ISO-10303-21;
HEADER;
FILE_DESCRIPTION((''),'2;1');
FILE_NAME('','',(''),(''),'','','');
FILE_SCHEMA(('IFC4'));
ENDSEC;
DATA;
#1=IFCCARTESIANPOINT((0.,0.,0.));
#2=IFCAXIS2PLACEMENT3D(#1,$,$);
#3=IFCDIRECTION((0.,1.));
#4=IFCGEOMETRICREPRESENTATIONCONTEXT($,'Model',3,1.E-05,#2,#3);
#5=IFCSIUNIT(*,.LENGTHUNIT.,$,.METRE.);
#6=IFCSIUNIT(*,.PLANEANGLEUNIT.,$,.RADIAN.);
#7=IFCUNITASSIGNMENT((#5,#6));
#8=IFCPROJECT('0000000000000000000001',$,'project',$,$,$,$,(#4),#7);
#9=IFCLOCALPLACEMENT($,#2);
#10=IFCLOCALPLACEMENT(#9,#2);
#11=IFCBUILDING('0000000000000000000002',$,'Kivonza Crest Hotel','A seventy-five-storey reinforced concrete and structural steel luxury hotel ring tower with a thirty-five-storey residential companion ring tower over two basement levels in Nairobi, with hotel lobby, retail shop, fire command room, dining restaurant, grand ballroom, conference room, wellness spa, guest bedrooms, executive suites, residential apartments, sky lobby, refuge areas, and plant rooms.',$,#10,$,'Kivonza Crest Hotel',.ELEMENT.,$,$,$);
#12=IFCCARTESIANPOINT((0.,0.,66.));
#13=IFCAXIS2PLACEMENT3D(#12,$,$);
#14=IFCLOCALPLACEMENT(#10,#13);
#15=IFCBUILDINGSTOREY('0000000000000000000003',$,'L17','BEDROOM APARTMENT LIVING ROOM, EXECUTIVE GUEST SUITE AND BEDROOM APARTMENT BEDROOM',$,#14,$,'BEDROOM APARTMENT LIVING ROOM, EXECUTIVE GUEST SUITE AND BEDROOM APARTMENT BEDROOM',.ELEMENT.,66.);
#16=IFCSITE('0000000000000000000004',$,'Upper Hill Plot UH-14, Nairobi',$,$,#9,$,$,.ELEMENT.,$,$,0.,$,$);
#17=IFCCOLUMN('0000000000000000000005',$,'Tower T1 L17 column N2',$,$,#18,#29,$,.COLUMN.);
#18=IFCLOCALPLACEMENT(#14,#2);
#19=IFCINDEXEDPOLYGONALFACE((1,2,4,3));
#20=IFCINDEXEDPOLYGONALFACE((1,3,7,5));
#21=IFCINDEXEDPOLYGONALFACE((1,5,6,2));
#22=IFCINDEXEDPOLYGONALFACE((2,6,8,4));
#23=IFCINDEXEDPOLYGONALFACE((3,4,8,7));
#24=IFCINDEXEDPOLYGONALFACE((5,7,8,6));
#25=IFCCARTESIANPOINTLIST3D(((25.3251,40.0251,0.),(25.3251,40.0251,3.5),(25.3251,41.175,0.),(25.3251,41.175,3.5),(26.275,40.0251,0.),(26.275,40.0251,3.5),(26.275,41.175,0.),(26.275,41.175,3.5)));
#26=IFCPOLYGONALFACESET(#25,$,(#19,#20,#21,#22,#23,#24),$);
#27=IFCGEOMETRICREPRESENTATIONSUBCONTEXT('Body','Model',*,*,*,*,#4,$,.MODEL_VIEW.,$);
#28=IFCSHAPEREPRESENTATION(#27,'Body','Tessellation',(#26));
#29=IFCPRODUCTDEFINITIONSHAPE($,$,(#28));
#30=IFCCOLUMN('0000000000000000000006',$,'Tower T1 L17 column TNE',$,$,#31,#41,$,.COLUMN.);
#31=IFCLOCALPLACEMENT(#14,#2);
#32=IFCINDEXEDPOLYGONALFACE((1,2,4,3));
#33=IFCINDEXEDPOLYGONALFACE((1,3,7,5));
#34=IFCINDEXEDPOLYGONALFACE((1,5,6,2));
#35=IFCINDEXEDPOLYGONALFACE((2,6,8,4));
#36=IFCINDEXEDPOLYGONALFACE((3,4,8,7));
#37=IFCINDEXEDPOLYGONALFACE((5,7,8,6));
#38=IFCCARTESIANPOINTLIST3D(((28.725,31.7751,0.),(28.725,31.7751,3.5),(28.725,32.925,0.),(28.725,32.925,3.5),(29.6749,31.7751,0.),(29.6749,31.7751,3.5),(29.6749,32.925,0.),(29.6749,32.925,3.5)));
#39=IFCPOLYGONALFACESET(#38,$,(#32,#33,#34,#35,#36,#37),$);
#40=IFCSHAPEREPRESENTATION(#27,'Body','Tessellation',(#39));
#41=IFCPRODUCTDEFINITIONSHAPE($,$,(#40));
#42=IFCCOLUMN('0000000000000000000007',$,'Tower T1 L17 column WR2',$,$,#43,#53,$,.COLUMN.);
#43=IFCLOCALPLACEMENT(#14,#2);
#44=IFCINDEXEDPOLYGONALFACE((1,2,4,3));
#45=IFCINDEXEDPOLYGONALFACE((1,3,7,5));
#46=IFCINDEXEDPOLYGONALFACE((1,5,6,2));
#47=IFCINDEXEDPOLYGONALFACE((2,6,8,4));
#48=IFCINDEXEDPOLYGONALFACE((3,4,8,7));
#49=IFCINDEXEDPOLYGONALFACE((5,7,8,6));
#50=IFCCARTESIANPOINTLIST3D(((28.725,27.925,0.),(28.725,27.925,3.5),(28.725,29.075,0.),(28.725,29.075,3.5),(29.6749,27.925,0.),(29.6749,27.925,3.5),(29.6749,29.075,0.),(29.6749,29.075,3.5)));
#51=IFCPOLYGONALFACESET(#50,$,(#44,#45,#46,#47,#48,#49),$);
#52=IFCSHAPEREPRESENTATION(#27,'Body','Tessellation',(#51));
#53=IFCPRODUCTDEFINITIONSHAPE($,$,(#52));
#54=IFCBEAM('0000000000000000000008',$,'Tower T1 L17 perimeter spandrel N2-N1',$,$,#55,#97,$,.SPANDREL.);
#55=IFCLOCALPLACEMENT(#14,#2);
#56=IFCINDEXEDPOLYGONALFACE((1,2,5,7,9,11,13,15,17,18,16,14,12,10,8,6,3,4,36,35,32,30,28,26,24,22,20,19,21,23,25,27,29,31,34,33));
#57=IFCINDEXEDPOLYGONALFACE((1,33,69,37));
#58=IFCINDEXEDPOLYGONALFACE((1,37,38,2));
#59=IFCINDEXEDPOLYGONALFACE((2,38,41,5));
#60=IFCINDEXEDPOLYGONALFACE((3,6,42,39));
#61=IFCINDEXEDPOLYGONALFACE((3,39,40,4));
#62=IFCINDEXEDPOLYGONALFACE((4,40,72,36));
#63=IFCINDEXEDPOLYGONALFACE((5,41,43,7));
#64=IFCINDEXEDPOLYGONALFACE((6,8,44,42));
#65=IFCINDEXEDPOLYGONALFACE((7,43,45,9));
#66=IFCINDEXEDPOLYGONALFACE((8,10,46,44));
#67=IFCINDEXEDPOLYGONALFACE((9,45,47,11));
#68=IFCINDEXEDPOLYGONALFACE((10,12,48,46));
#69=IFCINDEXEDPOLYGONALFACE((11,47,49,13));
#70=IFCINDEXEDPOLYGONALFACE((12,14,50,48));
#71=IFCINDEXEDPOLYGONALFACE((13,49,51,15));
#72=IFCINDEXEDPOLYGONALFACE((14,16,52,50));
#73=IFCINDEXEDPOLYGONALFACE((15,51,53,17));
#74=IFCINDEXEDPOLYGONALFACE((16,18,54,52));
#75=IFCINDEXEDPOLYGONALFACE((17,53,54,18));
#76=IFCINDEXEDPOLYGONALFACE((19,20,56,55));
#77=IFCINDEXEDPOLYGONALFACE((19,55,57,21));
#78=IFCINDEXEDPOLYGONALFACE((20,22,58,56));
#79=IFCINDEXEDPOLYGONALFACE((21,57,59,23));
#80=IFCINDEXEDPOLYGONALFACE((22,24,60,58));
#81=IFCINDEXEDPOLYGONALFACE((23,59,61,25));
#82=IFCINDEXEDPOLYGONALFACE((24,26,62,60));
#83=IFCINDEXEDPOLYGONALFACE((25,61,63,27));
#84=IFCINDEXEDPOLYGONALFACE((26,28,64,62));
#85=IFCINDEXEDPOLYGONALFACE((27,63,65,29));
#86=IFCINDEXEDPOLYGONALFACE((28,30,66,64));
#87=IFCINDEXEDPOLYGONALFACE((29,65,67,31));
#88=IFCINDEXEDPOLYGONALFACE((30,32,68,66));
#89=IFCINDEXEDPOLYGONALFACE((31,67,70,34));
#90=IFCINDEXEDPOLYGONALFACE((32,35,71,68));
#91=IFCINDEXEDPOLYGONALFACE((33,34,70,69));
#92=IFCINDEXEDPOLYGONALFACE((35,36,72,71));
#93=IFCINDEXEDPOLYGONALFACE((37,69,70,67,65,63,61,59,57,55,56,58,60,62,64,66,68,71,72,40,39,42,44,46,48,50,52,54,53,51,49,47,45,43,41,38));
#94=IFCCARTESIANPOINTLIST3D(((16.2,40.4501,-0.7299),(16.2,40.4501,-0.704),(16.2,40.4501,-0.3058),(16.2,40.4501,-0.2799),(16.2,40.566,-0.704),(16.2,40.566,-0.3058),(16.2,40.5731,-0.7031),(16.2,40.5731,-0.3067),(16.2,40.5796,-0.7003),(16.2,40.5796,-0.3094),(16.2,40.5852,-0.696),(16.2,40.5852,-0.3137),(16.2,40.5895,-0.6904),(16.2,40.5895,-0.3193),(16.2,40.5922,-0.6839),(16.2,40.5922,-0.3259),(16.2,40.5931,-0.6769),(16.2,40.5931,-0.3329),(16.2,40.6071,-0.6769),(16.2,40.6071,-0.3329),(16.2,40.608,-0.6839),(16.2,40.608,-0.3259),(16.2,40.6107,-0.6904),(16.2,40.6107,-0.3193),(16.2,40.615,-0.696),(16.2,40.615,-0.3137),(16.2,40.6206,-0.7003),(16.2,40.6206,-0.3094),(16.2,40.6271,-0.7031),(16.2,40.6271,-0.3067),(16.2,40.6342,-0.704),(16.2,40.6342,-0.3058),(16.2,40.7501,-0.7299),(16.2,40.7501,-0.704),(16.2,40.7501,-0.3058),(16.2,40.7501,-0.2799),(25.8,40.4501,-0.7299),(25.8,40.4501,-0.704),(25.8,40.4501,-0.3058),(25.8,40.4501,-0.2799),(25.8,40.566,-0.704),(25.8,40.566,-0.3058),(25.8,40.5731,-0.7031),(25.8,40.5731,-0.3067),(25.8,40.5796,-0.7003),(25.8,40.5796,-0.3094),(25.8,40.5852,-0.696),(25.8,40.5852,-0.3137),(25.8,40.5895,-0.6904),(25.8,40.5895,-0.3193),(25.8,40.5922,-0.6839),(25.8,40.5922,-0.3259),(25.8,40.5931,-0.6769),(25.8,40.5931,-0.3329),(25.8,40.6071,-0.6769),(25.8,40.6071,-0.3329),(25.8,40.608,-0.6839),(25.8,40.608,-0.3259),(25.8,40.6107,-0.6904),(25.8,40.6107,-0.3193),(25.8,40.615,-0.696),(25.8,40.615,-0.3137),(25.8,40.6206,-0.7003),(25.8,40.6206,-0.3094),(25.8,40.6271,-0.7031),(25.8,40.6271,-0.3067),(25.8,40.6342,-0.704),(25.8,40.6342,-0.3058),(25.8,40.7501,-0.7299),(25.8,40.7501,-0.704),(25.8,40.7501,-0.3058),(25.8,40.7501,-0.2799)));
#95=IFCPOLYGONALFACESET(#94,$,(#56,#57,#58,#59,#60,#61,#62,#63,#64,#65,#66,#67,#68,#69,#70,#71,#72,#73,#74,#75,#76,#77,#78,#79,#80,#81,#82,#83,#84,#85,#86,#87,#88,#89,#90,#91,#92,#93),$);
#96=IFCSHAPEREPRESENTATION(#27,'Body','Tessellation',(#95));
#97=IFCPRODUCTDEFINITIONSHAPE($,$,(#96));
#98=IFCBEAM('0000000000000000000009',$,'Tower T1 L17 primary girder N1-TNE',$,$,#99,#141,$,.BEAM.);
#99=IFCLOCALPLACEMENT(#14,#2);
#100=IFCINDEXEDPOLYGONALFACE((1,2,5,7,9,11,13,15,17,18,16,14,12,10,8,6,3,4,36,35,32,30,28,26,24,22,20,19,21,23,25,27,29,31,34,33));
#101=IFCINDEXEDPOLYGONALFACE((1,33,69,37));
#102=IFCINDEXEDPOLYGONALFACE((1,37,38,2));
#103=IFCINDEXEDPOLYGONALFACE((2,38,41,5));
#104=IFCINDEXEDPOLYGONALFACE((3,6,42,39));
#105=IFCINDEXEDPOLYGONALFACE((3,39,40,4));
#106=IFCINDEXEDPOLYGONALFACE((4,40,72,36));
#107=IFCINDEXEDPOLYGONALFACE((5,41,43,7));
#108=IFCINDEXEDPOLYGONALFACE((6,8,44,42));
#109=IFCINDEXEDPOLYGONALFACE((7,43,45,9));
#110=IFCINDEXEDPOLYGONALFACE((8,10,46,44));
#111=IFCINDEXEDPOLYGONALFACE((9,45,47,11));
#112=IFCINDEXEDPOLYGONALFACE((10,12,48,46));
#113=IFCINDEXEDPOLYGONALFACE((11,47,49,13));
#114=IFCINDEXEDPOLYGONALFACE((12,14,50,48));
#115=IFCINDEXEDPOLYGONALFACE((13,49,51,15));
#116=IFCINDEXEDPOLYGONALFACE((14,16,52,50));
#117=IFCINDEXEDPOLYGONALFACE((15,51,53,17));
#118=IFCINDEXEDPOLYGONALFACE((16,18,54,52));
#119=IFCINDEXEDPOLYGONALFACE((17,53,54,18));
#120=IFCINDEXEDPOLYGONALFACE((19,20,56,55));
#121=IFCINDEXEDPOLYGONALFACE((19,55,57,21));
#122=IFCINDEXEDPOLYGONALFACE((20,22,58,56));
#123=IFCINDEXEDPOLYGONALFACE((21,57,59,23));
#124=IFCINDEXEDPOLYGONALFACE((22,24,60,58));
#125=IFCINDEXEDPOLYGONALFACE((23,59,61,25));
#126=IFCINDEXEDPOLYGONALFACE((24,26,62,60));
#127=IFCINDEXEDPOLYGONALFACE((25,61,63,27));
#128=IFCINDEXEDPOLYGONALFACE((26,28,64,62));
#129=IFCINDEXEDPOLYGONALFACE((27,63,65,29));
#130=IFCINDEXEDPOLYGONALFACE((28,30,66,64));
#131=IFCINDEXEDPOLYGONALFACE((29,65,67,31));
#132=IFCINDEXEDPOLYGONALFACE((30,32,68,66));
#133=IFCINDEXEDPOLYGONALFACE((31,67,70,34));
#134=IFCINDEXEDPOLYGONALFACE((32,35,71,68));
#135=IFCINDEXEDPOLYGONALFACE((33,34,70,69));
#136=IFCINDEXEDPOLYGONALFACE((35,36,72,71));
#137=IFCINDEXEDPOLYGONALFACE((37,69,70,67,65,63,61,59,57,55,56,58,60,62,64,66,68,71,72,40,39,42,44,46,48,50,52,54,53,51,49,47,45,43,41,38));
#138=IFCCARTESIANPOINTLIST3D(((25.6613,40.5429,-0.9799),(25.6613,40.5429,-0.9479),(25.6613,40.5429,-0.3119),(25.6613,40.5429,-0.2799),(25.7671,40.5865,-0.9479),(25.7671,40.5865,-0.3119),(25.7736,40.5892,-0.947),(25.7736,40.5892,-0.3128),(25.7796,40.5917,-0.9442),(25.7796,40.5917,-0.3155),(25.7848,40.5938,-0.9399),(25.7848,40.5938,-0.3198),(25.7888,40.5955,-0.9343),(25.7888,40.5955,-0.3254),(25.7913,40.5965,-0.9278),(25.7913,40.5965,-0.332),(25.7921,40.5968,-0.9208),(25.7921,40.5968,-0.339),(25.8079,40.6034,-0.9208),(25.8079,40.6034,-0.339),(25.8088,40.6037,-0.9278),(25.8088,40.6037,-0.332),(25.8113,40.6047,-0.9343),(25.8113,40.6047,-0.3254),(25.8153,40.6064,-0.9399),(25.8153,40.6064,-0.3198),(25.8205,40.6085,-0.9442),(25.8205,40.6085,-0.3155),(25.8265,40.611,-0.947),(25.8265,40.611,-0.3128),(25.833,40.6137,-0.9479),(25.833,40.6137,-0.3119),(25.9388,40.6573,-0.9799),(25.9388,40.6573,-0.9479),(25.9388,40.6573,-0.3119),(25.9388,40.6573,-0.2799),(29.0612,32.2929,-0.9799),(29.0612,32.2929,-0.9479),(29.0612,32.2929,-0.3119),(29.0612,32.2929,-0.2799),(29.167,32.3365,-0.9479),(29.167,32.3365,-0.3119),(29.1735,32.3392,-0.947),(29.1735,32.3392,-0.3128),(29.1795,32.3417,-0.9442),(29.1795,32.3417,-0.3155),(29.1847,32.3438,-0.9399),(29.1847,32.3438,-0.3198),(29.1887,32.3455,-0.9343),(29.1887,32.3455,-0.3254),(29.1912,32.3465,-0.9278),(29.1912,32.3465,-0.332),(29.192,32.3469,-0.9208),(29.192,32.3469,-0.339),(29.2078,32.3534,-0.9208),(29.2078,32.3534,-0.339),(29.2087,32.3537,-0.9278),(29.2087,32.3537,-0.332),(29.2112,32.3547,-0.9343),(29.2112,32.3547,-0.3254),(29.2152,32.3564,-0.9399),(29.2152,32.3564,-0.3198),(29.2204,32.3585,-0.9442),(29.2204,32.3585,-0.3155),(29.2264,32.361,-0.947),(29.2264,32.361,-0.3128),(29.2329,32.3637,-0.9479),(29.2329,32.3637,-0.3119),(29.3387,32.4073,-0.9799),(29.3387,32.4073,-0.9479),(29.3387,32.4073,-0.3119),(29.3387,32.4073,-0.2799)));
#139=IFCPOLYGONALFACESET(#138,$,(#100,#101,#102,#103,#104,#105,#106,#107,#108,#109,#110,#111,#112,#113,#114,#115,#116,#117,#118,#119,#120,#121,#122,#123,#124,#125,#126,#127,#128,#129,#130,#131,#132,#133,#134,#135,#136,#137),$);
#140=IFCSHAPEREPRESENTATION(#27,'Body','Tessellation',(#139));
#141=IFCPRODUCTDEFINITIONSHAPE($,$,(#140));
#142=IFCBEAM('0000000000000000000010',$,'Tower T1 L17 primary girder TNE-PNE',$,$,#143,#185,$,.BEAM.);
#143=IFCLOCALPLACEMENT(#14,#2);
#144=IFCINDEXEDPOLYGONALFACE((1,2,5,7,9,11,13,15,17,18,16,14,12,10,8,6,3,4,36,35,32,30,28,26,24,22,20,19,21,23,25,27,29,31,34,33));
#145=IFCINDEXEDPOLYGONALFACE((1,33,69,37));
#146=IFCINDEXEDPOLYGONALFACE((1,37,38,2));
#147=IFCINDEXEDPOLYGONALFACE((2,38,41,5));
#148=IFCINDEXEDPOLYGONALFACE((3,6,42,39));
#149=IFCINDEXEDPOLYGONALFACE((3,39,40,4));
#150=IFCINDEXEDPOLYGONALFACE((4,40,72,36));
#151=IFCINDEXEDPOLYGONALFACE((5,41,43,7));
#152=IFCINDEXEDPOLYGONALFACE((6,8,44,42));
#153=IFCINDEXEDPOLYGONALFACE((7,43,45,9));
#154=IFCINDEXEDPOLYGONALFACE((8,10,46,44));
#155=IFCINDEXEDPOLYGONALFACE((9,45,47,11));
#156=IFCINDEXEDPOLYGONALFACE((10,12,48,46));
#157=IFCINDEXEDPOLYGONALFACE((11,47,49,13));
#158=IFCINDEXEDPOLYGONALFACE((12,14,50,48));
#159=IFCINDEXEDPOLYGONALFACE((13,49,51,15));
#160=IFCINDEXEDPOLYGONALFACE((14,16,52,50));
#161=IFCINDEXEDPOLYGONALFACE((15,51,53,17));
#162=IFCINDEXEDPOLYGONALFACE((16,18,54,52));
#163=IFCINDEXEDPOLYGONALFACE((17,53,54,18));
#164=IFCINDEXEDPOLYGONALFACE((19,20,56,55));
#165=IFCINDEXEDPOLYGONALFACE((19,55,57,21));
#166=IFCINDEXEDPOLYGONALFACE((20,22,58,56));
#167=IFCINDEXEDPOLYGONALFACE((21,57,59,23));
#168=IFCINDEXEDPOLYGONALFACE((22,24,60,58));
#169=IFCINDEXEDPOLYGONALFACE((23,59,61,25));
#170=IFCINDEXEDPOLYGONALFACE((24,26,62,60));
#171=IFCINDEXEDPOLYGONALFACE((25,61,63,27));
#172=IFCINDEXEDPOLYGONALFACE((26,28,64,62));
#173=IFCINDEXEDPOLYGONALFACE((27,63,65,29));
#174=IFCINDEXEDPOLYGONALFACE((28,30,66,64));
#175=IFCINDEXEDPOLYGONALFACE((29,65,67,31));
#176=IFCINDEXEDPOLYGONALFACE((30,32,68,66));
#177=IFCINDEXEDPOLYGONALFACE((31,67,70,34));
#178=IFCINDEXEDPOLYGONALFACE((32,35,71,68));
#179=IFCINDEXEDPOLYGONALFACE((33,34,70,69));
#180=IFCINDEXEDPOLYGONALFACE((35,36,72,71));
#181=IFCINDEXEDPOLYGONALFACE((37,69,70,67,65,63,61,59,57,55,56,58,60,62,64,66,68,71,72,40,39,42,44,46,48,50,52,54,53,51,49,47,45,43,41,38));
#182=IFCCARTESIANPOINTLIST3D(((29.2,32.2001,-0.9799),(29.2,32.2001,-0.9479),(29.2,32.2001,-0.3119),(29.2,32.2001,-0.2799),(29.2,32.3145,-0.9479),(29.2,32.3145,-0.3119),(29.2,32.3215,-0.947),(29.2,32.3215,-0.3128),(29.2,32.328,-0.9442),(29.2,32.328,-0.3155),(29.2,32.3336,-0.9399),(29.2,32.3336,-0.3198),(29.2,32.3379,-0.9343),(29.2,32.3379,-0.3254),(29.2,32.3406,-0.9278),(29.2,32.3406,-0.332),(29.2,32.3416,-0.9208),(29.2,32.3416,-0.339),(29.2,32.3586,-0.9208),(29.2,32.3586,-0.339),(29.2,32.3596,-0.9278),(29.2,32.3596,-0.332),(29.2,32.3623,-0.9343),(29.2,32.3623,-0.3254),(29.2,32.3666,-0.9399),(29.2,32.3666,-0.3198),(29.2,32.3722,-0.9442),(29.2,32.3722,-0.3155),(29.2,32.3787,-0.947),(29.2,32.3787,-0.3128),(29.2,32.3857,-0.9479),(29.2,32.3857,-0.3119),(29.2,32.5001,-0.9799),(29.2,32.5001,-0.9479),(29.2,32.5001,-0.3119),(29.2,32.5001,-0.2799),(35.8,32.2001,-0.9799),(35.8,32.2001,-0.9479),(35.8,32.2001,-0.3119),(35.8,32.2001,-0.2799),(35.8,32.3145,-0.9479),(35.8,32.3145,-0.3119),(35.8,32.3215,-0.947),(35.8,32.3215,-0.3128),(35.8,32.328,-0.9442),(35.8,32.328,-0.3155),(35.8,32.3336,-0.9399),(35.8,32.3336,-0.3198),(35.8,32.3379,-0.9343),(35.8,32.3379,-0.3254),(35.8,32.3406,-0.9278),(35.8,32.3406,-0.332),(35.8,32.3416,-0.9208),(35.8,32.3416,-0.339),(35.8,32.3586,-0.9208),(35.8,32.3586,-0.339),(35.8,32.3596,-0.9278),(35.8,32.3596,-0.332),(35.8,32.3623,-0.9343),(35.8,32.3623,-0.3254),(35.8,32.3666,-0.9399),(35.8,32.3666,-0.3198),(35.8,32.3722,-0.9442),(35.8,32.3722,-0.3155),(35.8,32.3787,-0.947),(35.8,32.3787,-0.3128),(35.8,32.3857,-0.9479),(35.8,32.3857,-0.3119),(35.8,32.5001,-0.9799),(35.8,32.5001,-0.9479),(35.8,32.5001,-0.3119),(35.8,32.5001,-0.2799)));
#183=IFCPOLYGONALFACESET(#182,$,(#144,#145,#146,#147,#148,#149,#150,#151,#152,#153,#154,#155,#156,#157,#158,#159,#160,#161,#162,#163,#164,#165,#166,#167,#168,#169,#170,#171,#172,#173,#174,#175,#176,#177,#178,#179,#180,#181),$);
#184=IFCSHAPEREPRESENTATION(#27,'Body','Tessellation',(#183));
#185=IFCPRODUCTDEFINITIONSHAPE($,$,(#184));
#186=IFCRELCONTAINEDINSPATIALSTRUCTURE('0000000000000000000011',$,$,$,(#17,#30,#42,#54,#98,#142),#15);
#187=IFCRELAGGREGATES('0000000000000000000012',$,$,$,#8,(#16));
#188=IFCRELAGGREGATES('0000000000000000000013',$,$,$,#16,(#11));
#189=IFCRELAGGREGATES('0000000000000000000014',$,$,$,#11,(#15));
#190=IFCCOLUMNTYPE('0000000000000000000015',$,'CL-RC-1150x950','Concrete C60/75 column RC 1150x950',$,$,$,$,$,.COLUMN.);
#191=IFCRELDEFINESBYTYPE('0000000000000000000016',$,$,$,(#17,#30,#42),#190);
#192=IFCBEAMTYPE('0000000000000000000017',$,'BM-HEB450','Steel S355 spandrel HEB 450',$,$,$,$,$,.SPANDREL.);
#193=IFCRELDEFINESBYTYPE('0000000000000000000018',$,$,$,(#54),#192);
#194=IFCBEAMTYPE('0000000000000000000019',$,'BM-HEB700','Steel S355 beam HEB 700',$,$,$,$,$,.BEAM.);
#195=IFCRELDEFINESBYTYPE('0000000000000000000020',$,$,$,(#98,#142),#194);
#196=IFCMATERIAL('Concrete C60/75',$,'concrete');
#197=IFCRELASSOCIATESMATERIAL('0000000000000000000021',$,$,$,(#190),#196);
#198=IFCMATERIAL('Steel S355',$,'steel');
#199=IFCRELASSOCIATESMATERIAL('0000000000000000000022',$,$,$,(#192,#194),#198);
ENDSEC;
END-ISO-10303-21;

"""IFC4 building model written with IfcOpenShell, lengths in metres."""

from ifc_helpers import new_model, si_unit, direction, frame, origin, origin_2d, place, context, subcontext, project, spatial, rectangle, i_section, extrude, material, material_profile, profile_set, type_object, element, save


model = new_model("IFC4")

# Units and contexts
model_context = context("Model", 3, precision=1e-05, world=origin(), true_north=direction((0.0, 1.0)))
body_context = subcontext(model_context, "Body", "Model", "MODEL_VIEW")
ifc_project = project(units=[si_unit("LENGTHUNIT", "METRE"), si_unit("PLANEANGLEUNIT", "RADIAN")], contexts=[model_context])

# Site, building, storey
site_placement = place(None, origin())
site = spatial("IfcSite", under=ifc_project, at=site_placement, Name="Upper Hill Plot UH-14, Nairobi", CompositionType="ELEMENT", RefElevation=0.0)
building_placement = place(site_placement, origin())
building = spatial("IfcBuilding", under=site, at=building_placement, Name="Kivonza Crest Hotel", Description="A seventy-five-storey reinforced concrete and structural steel luxury hotel ring tower with a thirty-five-storey residential companion ring tower over two basement levels in Nairobi, with hotel lobby, retail shop, fire command room, dining restaurant, grand ballroom, conference room, wellness spa, guest bedrooms, executive suites, residential apartments, sky lobby, refuge areas, and plant rooms.", LongName="Kivonza Crest Hotel", CompositionType="ELEMENT")
storey_placement = place(building_placement, frame((0.0, 0.0, 66.0)))
storey = spatial("IfcBuildingStorey", under=building, at=storey_placement, Name="L17", Description="BEDROOM APARTMENT LIVING ROOM, EXECUTIVE GUEST SUITE AND BEDROOM APARTMENT BEDROOM", LongName="BEDROOM APARTMENT LIVING ROOM, EXECUTIVE GUEST SUITE AND BEDROOM APARTMENT BEDROOM", CompositionType="ELEMENT", Elevation=66.0)

# Columns
ifc_material_1 = material(Name="Concrete C60/75", Category="concrete")
ifc_material_profile_1 = material_profile(ifc_material_1, rectangle(XDim=0.95, YDim=1.1499, at=origin_2d()), Name="RC 1150x950")
ifc_profile_set_1 = profile_set([ifc_material_profile_1], Name="Concrete C60/75")
column_type = type_object("IfcColumnType", Name="CL-RC-1150x950", Description="Concrete C60/75 column RC 1150x950", PredefinedType="COLUMN", material=ifc_profile_set_1)
for number, where, z_axis, x_axis, name in (
    (1, (25.8, 40.6001, 0.0), (0.0, 0.0, 1.0), (1.0, 0.0, 0.0), "Tower T1 L17 column N2"),
    (2, (29.2, 32.3501, 0.0), (0.0, 0.0, 1.0), (1.0, 0.0, 0.0), "Tower T1 L17 column TNE"),
    (3, (29.2, 28.5, 0.0), (0.0, 0.0, 1.0), (1.0, 0.0, 0.0), "Tower T1 L17 column WR2"),
):
    element("IfcColumn", number, at=place(storey_placement, frame(where, z_axis=z_axis, x_axis=x_axis)), inside=storey, type_object=column_type, Name=name, PredefinedType="COLUMN", context=body_context, shape_type="SweptSolid", body=[
        extrude(rectangle(XDim=0.95, YDim=1.1499, at=origin_2d()), origin(), (0.0, 0.0, 1.0), 3.5),
    ])

# Beams
ifc_material_2 = material(Name="Steel S355", Category="steel")
ifc_material_profile_2 = material_profile(ifc_material_2, i_section(OverallWidth=0.3, OverallDepth=0.45, WebThickness=0.0139, FlangeThickness=0.0259, FilletRadius=0.0271, at=origin_2d()), Name="HEB 450")
ifc_profile_set_2 = profile_set([ifc_material_profile_2], Name="Steel S355")
beam_type_1 = type_object("IfcBeamType", Name="BM-HEB450", Description="Steel S355 spandrel HEB 450", PredefinedType="SPANDREL", material=ifc_profile_set_2)
beam_1_placement = place(storey_placement, frame((25.8, 40.6001, -0.5049), z_axis=(-1.0, 0.0, 0.0), x_axis=(0.0, -1.0, 0.0)))
element("IfcBeam", 4, at=beam_1_placement, inside=storey, type_object=beam_type_1, Name="Tower T1 L17 perimeter spandrel N2-N1", PredefinedType="SPANDREL", context=body_context, shape_type="SweptSolid", body=[
    extrude(i_section(OverallWidth=0.3, OverallDepth=0.45, WebThickness=0.0139, FlangeThickness=0.0259, FilletRadius=0.0271, at=origin_2d()), origin(), (0.0, 0.0, 1.0), 9.6001),
])
ifc_material_profile_3 = material_profile(ifc_material_2, i_section(OverallWidth=0.3, OverallDepth=0.7, WebThickness=0.0171, FlangeThickness=0.032, FilletRadius=0.0271, at=origin_2d()), Name="HEB 700")
ifc_profile_set_3 = profile_set([ifc_material_profile_3], Name="Steel S355")
beam_type_2 = type_object("IfcBeamType", Name="BM-HEB700", Description="Steel S355 beam HEB 700", PredefinedType="BEAM", material=ifc_profile_set_3)
beam_2_placement = place(storey_placement, frame((25.8, 40.6001, -0.6299), z_axis=(0.381022, -0.924566, 0.0), x_axis=(0.924566, 0.381022, 0.0)))
element("IfcBeam", 5, at=beam_2_placement, inside=storey, type_object=beam_type_2, Name="Tower T1 L17 primary girder N1-TNE", PredefinedType="BEAM", context=body_context, shape_type="SweptSolid", body=[
    extrude(i_section(OverallWidth=0.3, OverallDepth=0.7, WebThickness=0.0171, FlangeThickness=0.032, FilletRadius=0.0271, at=origin_2d()), origin(), (0.0, 0.0, 1.0), 8.9231),
])
beam_3_placement = place(storey_placement, frame((29.2, 32.3501, -0.6299), z_axis=(1.0, 0.0, 0.0), x_axis=(0.0, 1.0, 0.0)))
element("IfcBeam", 6, at=beam_3_placement, inside=storey, type_object=beam_type_2, Name="Tower T1 L17 primary girder TNE-PNE", PredefinedType="BEAM", context=body_context, shape_type="SweptSolid", body=[
    extrude(i_section(OverallWidth=0.3, OverallDepth=0.7, WebThickness=0.0171, FlangeThickness=0.032, FilletRadius=0.0271, at=origin_2d()), origin(), (0.0, 0.0, 1.0), 6.6001),
])

save(model, "model.ifc")
